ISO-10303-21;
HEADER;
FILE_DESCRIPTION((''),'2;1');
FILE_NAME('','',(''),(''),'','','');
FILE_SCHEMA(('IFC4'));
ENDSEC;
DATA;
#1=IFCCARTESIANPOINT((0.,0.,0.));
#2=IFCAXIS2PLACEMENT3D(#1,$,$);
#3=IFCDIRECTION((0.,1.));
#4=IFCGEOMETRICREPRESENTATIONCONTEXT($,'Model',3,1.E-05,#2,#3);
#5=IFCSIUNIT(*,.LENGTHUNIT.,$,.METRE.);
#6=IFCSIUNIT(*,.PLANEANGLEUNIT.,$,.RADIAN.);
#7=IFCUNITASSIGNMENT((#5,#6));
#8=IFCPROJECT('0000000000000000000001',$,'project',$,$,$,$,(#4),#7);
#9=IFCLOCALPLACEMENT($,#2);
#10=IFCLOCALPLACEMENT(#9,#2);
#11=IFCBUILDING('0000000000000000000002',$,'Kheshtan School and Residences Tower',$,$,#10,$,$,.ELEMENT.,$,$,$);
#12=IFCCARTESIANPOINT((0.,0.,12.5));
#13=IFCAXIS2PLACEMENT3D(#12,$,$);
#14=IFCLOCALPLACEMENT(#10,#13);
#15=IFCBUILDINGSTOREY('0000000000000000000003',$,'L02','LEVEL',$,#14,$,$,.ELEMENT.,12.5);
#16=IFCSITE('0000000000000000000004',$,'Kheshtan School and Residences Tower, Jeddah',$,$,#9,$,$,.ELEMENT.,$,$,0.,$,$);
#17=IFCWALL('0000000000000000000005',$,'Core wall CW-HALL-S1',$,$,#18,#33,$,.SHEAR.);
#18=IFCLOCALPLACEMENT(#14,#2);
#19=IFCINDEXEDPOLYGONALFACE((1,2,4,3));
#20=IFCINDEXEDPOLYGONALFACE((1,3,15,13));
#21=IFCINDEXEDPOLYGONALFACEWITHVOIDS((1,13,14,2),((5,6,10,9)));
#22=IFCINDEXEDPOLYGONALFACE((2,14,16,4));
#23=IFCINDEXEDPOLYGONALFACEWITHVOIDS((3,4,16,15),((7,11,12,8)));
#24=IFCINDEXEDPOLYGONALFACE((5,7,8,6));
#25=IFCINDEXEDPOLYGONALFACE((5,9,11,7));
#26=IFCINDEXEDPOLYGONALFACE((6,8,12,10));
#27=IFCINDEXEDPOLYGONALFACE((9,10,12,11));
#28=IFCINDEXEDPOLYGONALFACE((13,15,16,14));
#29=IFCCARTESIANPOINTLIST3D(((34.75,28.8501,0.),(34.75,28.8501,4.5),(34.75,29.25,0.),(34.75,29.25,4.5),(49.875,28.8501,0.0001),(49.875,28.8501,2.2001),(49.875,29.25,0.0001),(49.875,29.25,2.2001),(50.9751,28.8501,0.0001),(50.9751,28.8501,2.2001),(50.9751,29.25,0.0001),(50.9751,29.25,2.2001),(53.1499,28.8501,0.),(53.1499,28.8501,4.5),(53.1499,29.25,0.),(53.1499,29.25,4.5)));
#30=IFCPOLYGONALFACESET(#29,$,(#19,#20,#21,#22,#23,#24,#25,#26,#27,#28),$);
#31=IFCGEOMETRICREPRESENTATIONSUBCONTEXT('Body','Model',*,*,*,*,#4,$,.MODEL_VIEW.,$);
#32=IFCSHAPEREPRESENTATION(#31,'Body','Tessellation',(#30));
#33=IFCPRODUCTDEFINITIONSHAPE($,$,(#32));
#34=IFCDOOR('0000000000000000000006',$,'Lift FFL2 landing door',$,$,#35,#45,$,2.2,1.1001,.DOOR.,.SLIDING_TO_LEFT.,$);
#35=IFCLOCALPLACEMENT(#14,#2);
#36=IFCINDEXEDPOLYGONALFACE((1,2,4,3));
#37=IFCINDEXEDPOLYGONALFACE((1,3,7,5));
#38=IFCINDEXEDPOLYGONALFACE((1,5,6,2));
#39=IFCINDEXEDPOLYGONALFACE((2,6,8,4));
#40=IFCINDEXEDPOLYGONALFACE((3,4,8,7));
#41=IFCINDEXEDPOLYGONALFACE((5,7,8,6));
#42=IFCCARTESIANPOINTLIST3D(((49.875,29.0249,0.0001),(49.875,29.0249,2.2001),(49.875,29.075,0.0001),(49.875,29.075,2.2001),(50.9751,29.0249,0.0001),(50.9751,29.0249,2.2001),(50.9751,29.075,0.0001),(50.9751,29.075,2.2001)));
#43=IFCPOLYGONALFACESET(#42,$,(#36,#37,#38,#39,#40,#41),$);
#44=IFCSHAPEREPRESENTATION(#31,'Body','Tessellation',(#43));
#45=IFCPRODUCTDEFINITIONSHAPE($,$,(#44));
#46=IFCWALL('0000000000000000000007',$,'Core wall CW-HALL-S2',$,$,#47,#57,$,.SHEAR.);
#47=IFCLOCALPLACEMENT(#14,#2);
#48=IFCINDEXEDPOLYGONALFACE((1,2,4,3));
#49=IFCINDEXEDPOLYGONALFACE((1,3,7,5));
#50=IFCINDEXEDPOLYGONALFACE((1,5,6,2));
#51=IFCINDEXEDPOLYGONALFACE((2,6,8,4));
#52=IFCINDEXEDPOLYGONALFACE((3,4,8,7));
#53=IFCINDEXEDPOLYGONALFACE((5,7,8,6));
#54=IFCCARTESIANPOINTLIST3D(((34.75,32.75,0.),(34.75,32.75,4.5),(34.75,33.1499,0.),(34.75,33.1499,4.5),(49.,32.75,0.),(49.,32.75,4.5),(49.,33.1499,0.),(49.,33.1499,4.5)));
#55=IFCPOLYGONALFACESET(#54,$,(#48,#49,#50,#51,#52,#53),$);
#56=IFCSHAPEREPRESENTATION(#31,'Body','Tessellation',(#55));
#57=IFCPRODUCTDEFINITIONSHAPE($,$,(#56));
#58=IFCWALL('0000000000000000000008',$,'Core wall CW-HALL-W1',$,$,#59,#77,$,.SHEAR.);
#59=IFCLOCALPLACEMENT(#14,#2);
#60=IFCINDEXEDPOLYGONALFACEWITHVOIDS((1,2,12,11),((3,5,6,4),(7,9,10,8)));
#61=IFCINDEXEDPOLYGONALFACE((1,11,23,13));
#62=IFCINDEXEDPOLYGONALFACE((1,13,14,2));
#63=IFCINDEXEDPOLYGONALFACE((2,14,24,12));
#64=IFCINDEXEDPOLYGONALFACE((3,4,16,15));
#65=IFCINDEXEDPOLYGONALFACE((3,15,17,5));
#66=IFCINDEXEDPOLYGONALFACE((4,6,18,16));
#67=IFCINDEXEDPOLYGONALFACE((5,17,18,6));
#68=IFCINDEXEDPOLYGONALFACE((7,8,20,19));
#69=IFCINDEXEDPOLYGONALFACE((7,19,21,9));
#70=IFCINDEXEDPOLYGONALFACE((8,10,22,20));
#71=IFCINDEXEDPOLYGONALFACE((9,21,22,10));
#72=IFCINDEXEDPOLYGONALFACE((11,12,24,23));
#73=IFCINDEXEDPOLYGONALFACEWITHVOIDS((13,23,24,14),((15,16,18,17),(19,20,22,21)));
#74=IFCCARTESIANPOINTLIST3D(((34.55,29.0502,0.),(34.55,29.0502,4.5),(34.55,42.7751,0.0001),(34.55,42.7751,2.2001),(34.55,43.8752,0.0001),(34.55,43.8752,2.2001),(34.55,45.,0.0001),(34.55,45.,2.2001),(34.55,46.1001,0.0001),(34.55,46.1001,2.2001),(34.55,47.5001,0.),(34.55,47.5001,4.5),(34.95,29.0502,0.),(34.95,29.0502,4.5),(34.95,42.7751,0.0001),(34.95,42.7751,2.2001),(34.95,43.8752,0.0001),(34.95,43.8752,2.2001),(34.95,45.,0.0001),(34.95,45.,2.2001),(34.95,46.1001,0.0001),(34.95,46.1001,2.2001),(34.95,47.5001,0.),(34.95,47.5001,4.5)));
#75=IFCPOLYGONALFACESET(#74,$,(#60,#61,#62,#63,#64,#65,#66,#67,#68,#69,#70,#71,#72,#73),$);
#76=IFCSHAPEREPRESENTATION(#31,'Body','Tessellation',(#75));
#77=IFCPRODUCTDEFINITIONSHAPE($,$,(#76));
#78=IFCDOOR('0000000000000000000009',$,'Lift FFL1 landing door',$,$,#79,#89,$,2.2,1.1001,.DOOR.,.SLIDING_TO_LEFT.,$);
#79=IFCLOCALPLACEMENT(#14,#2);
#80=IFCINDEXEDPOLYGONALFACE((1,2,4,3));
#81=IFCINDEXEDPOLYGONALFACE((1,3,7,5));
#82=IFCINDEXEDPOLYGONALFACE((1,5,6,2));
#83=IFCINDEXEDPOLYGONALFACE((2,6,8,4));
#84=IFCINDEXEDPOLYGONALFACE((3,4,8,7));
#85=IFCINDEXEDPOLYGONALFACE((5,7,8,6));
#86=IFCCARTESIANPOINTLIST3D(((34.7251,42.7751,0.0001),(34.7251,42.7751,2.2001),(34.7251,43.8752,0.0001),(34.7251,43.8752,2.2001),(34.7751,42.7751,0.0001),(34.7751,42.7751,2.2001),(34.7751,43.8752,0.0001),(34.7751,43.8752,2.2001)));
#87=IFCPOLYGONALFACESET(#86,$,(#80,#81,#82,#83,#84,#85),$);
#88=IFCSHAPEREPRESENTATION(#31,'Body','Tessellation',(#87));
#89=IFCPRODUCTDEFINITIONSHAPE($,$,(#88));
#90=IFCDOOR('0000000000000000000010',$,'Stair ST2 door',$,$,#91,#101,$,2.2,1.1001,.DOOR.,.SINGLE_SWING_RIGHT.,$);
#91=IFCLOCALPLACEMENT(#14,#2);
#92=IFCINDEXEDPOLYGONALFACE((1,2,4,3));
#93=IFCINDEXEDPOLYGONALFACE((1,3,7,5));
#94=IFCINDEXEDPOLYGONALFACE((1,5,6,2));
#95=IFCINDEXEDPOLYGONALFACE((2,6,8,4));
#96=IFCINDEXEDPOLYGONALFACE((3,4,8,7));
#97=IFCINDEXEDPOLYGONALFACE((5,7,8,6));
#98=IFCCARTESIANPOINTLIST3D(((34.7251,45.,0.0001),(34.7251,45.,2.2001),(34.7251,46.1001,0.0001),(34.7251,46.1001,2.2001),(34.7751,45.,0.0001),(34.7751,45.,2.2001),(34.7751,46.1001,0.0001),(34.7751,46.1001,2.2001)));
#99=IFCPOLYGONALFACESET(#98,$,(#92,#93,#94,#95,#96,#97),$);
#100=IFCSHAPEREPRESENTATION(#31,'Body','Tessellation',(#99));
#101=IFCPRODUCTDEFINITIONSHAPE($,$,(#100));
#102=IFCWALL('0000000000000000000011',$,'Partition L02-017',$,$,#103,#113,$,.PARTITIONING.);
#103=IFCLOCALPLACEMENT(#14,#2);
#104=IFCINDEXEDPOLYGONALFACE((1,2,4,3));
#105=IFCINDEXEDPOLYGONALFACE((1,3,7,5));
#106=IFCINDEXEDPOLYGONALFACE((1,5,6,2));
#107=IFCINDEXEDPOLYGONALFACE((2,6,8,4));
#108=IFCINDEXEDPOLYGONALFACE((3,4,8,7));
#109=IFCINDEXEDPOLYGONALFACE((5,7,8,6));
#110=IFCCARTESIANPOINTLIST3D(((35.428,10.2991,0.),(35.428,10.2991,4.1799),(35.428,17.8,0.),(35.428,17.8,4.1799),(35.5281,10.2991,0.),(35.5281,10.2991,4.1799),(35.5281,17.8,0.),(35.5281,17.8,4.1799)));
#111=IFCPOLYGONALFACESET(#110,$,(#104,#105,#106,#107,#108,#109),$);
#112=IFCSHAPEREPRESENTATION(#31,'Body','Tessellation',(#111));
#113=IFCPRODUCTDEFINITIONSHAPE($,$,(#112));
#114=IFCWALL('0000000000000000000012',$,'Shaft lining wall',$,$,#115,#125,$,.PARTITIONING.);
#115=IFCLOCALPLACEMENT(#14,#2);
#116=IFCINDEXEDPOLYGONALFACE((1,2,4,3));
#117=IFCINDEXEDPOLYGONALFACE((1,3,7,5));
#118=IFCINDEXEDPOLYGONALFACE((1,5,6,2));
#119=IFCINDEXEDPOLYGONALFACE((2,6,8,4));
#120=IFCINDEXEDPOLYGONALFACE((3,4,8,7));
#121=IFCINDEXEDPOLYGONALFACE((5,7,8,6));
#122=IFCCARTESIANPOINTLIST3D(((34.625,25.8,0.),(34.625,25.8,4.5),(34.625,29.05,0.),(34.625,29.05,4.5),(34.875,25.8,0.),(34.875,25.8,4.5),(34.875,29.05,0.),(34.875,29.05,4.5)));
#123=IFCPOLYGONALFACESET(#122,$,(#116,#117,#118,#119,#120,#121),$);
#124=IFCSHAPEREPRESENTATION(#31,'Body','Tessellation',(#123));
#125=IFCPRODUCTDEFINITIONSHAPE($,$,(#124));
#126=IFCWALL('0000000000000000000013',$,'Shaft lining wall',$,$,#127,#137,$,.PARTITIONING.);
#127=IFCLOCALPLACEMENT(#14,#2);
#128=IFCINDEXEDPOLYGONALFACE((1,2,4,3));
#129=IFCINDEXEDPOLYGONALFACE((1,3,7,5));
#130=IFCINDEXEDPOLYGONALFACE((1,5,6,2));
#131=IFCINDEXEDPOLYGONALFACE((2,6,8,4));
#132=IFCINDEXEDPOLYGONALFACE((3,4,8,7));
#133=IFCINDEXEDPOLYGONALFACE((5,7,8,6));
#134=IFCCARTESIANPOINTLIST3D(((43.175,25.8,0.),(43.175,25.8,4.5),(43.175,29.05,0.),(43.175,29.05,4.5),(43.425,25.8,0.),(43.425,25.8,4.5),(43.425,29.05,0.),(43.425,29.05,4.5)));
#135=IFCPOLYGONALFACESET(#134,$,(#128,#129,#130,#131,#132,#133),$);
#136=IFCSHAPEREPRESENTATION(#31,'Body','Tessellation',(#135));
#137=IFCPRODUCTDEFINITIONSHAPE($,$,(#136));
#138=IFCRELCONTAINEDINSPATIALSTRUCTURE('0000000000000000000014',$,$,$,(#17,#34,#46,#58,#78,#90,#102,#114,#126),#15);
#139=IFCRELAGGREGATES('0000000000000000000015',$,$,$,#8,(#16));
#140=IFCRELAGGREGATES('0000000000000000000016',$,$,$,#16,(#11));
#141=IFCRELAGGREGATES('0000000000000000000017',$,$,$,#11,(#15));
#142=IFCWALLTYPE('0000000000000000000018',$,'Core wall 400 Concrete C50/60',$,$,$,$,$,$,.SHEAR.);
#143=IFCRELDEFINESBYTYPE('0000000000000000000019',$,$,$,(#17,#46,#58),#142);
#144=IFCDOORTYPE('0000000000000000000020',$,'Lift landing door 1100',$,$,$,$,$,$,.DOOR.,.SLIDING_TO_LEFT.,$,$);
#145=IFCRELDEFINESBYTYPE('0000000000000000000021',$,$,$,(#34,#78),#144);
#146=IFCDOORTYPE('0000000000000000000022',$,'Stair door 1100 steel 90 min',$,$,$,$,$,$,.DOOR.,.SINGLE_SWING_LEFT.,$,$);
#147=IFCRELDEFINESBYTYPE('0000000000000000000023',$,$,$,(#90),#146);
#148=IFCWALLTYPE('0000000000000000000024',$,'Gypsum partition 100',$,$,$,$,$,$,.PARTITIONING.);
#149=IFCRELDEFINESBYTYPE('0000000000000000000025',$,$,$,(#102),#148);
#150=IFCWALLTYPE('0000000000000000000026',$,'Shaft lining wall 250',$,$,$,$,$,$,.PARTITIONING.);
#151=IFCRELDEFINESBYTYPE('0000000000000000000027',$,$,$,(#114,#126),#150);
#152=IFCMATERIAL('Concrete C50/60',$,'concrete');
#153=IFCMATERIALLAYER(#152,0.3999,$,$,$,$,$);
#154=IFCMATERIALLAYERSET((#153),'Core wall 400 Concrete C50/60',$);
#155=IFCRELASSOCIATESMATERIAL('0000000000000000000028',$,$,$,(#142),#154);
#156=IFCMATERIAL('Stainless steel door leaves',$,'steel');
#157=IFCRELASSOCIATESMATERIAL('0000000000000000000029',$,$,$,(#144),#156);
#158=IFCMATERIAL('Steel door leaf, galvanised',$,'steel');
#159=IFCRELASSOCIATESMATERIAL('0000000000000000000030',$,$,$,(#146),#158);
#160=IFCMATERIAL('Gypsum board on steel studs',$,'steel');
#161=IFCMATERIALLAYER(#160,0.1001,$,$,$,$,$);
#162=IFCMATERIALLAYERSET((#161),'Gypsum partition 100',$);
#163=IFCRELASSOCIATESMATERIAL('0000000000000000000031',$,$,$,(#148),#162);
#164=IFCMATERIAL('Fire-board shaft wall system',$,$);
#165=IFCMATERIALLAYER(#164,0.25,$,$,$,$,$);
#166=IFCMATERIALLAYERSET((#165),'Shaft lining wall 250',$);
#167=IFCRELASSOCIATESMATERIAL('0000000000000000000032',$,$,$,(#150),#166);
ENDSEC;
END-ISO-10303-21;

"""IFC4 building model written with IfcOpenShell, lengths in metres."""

from ifc_helpers import new_model, si_unit, direction, frame, frame_2d, origin, place, context, subcontext, project, spatial, rectangle, extrude, source, transform, mapped, material, layer, layer_set, type_object, element, fill, save


model = new_model("IFC4")

# Units and contexts
model_context = context("Model", 3, precision=1e-05, world=origin(), true_north=direction((0.0, 1.0)))
body_context = subcontext(model_context, "Body", "Model", "MODEL_VIEW")
ifc_project = project(units=[si_unit("LENGTHUNIT", "METRE"), si_unit("PLANEANGLEUNIT", "RADIAN")], contexts=[model_context])

# Site, building, storey
site_placement = place(None, origin())
site = spatial("IfcSite", under=ifc_project, at=site_placement, Name="Kheshtan School and Residences Tower, Jeddah", CompositionType="ELEMENT", RefElevation=0.0)
building_placement = place(site_placement, origin())
building = spatial("IfcBuilding", under=site, at=building_placement, Name="Kheshtan School and Residences Tower", CompositionType="ELEMENT")
storey_placement = place(building_placement, frame((0.0, 0.0, 12.5)))
storey = spatial("IfcBuildingStorey", under=building, at=storey_placement, Name="L02", Description="LEVEL", CompositionType="ELEMENT", Elevation=12.5)

# Wall, opening, door
ifc_material_1 = material(Name="Concrete C50/60", Category="concrete")
ifc_layer_1 = layer(ifc_material_1, 0.3999)
ifc_layer_set_1 = layer_set([ifc_layer_1], Name="Core wall 400 Concrete C50/60")
wall_type_1 = type_object("IfcWallType", Name="Core wall 400 Concrete C50/60", PredefinedType="SHEAR", material=ifc_layer_set_1)
wall_1_placement = place(storey_placement, frame((34.75, 29.05, 0.0), z_axis=(0.0, 0.0, 1.0), x_axis=(1.0, 0.0, 0.0)))
wall_1 = element("IfcWall", 1, at=wall_1_placement, inside=storey, type_object=wall_type_1, Name="Core wall CW-HALL-S1", PredefinedType="SHEAR", context=body_context, shape_type="SweptSolid", body=[
    extrude(rectangle(XDim=18.3999, YDim=0.3999, at=frame_2d((9.2, 0.0))), origin(), (0.0, 0.0, 1.0), 4.5),
])
opening_1_placement = place(wall_1_placement, frame((15.125, 0.0, 0.0)))
opening_1 = element("IfcOpeningElement", 2, at=opening_1_placement, cuts=wall_1, PredefinedType="OPENING", context=body_context, shape_type="SweptSolid", body=[
    extrude(rectangle(XDim=1.1001, YDim=2.2, at=frame_2d((0.55, 1.1001))), frame((0.0, 0.21, 0.0), z_axis=(0.0, -1.0, 0.0), x_axis=(1.0, 0.0, 0.0)), (0.0, 0.0, 1.0), 0.4199),
])
ifc_material_2 = material(Name="Stainless steel door leaves", Category="steel")
door_type_1 = type_object("IfcDoorType", Name="Lift landing door 1100", OperationType="SLIDING_TO_LEFT", PredefinedType="DOOR", material=ifc_material_2)
shared_shape_1 = source(origin(), body_context, "Body", "SweptSolid", [
    extrude(rectangle(XDim=1.1001, YDim=2.2, at=frame_2d((0.55, 1.1001))), frame((0.0, 0.0249, 0.0), z_axis=(0.0, -1.0, 0.0), x_axis=(1.0, 0.0, 0.0)), (0.0, 0.0, 1.0), 0.05),
])
door_1_placement = place(opening_1_placement, origin())
door_1 = element("IfcDoor", 3, at=door_1_placement, inside=storey, type_object=door_type_1, Name="Lift FFL2 landing door", OperationType="SLIDING_TO_LEFT", OverallHeight=2.2, OverallWidth=1.1001, PredefinedType="DOOR", context=body_context, shape_type="MappedRepresentation", body=[
    mapped(shared_shape_1, transform((0.0, 0.0, 0.0), x_axis=(1.0, 0.0, 0.0), y_axis=(0.0, 1.0, 0.0), z_axis=(0.0, 0.0, 1.0), scale=1.0)),
])
fill(opening_1, door_1)

# Wall
wall_2_placement = place(storey_placement, frame((34.75, 32.95, 0.0), z_axis=(0.0, 0.0, 1.0), x_axis=(1.0, 0.0, 0.0)))
element("IfcWall", 4, at=wall_2_placement, inside=storey, type_object=wall_type_1, Name="Core wall CW-HALL-S2", PredefinedType="SHEAR", context=body_context, shape_type="SweptSolid", body=[
    extrude(rectangle(XDim=14.25, YDim=0.3999, at=frame_2d((7.125, 0.0))), origin(), (0.0, 0.0, 1.0), 4.5),
])

# Wall, openings, doors
wall_3_placement = place(storey_placement, frame((34.75, 29.05, 0.0), z_axis=(0.0, 0.0, 1.0), x_axis=(0.0, 1.0, 0.0)))
wall_3 = element("IfcWall", 5, at=wall_3_placement, inside=storey, type_object=wall_type_1, Name="Core wall CW-HALL-W1", PredefinedType="SHEAR", context=body_context, shape_type="SweptSolid", body=[
    extrude(rectangle(XDim=18.45, YDim=0.3999, at=frame_2d((9.2251, 0.0))), origin(), (0.0, 0.0, 1.0), 4.5),
])
opening_2_placement = place(wall_3_placement, frame((13.7251, 0.0, 0.0)))
opening_2 = element("IfcOpeningElement", 6, at=opening_2_placement, cuts=wall_3, PredefinedType="OPENING", context=body_context, shape_type="SweptSolid", body=[
    extrude(rectangle(XDim=1.1001, YDim=2.2, at=frame_2d((0.55, 1.1001))), frame((0.0, 0.21, 0.0), z_axis=(0.0, -1.0, 0.0), x_axis=(1.0, 0.0, 0.0)), (0.0, 0.0, 1.0), 0.4199),
])
opening_3_placement = place(wall_3_placement, frame((15.95, 0.0, 0.0)))
opening_3 = element("IfcOpeningElement", 7, at=opening_3_placement, cuts=wall_3, PredefinedType="OPENING", context=body_context, shape_type="SweptSolid", body=[
    extrude(rectangle(XDim=1.1001, YDim=2.2, at=frame_2d((0.55, 1.1001))), frame((0.0, 0.21, 0.0), z_axis=(0.0, -1.0, 0.0), x_axis=(1.0, 0.0, 0.0)), (0.0, 0.0, 1.0), 0.4199),
])
door_2_placement = place(opening_2_placement, origin())
door_2 = element("IfcDoor", 8, at=door_2_placement, inside=storey, type_object=door_type_1, Name="Lift FFL1 landing door", OperationType="SLIDING_TO_LEFT", OverallHeight=2.2, OverallWidth=1.1001, PredefinedType="DOOR", context=body_context, shape_type="MappedRepresentation", body=[
    mapped(shared_shape_1, transform((0.0, 0.0, 0.0), x_axis=(1.0, 0.0, 0.0), y_axis=(0.0, 1.0, 0.0), z_axis=(0.0, 0.0, 1.0), scale=1.0)),
])
fill(opening_2, door_2)
ifc_material_3 = material(Name="Steel door leaf, galvanised", Category="steel")
door_type_2 = type_object("IfcDoorType", Name="Stair door 1100 steel 90 min", OperationType="SINGLE_SWING_LEFT", PredefinedType="DOOR", material=ifc_material_3)
shared_shape_2 = source(origin(), body_context, "Body", "SweptSolid", [
    extrude(rectangle(XDim=1.1001, YDim=2.2, at=frame_2d((0.55, 1.1001))), frame((0.0, 0.0249, 0.0), z_axis=(0.0, -1.0, 0.0), x_axis=(1.0, 0.0, 0.0)), (0.0, 0.0, 1.0), 0.05),
])
door_3_placement = place(opening_3_placement, origin())
door_3 = element("IfcDoor", 9, at=door_3_placement, inside=storey, type_object=door_type_2, Name="Stair ST2 door", OperationType="SINGLE_SWING_RIGHT", OverallHeight=2.2, OverallWidth=1.1001, PredefinedType="DOOR", context=body_context, shape_type="MappedRepresentation", body=[
    mapped(shared_shape_2, transform((0.0, 0.0, 0.0), x_axis=(1.0, 0.0, 0.0), y_axis=(0.0, 1.0, 0.0), z_axis=(0.0, 0.0, 1.0), scale=1.0)),
])
fill(opening_3, door_3)

# Walls
ifc_material_4 = material(Name="Gypsum board on steel studs", Category="steel")
ifc_layer_2 = layer(ifc_material_4, 0.1001)
ifc_layer_set_2 = layer_set([ifc_layer_2], Name="Gypsum partition 100")
wall_type_2 = type_object("IfcWallType", Name="Gypsum partition 100", PredefinedType="PARTITIONING", material=ifc_layer_set_2)
wall_4_placement = place(storey_placement, frame((35.478, 10.2991, 0.0), z_axis=(0.0, 0.0, 1.0), x_axis=(0.0, 1.0, 0.0)))
element("IfcWall", 10, at=wall_4_placement, inside=storey, type_object=wall_type_2, Name="Partition L02-017", PredefinedType="PARTITIONING", context=body_context, shape_type="SweptSolid", body=[
    extrude(rectangle(XDim=7.501, YDim=0.1001, at=frame_2d((3.7505, 0.0))), origin(), (0.0, 0.0, 1.0), 4.1799),
])
ifc_material_5 = material(Name="Fire-board shaft wall system")
ifc_layer_3 = layer(ifc_material_5, 0.25)
ifc_layer_set_3 = layer_set([ifc_layer_3], Name="Shaft lining wall 250")
wall_type_3 = type_object("IfcWallType", Name="Shaft lining wall 250", PredefinedType="PARTITIONING", material=ifc_layer_set_3)
for number, where, z_axis, x_axis, name in (
    (11, (34.75, 25.8, 0.0), (0.0, 0.0, 1.0), (0.0, 1.0, 0.0), "Shaft lining wall"),
    (12, (43.3, 25.8, 0.0), (0.0, 0.0, 1.0), (0.0, 1.0, 0.0), "Shaft lining wall"),
):
    element("IfcWall", number, at=place(storey_placement, frame(where, z_axis=z_axis, x_axis=x_axis)), inside=storey, type_object=wall_type_3, Name=name, PredefinedType="PARTITIONING", context=body_context, shape_type="SweptSolid", body=[
        extrude(rectangle(XDim=3.25, YDim=0.25, at=frame_2d((1.625, 0.0))), origin(), (0.0, 0.0, 1.0), 4.5),
    ])

save(model, "model.ifc")
